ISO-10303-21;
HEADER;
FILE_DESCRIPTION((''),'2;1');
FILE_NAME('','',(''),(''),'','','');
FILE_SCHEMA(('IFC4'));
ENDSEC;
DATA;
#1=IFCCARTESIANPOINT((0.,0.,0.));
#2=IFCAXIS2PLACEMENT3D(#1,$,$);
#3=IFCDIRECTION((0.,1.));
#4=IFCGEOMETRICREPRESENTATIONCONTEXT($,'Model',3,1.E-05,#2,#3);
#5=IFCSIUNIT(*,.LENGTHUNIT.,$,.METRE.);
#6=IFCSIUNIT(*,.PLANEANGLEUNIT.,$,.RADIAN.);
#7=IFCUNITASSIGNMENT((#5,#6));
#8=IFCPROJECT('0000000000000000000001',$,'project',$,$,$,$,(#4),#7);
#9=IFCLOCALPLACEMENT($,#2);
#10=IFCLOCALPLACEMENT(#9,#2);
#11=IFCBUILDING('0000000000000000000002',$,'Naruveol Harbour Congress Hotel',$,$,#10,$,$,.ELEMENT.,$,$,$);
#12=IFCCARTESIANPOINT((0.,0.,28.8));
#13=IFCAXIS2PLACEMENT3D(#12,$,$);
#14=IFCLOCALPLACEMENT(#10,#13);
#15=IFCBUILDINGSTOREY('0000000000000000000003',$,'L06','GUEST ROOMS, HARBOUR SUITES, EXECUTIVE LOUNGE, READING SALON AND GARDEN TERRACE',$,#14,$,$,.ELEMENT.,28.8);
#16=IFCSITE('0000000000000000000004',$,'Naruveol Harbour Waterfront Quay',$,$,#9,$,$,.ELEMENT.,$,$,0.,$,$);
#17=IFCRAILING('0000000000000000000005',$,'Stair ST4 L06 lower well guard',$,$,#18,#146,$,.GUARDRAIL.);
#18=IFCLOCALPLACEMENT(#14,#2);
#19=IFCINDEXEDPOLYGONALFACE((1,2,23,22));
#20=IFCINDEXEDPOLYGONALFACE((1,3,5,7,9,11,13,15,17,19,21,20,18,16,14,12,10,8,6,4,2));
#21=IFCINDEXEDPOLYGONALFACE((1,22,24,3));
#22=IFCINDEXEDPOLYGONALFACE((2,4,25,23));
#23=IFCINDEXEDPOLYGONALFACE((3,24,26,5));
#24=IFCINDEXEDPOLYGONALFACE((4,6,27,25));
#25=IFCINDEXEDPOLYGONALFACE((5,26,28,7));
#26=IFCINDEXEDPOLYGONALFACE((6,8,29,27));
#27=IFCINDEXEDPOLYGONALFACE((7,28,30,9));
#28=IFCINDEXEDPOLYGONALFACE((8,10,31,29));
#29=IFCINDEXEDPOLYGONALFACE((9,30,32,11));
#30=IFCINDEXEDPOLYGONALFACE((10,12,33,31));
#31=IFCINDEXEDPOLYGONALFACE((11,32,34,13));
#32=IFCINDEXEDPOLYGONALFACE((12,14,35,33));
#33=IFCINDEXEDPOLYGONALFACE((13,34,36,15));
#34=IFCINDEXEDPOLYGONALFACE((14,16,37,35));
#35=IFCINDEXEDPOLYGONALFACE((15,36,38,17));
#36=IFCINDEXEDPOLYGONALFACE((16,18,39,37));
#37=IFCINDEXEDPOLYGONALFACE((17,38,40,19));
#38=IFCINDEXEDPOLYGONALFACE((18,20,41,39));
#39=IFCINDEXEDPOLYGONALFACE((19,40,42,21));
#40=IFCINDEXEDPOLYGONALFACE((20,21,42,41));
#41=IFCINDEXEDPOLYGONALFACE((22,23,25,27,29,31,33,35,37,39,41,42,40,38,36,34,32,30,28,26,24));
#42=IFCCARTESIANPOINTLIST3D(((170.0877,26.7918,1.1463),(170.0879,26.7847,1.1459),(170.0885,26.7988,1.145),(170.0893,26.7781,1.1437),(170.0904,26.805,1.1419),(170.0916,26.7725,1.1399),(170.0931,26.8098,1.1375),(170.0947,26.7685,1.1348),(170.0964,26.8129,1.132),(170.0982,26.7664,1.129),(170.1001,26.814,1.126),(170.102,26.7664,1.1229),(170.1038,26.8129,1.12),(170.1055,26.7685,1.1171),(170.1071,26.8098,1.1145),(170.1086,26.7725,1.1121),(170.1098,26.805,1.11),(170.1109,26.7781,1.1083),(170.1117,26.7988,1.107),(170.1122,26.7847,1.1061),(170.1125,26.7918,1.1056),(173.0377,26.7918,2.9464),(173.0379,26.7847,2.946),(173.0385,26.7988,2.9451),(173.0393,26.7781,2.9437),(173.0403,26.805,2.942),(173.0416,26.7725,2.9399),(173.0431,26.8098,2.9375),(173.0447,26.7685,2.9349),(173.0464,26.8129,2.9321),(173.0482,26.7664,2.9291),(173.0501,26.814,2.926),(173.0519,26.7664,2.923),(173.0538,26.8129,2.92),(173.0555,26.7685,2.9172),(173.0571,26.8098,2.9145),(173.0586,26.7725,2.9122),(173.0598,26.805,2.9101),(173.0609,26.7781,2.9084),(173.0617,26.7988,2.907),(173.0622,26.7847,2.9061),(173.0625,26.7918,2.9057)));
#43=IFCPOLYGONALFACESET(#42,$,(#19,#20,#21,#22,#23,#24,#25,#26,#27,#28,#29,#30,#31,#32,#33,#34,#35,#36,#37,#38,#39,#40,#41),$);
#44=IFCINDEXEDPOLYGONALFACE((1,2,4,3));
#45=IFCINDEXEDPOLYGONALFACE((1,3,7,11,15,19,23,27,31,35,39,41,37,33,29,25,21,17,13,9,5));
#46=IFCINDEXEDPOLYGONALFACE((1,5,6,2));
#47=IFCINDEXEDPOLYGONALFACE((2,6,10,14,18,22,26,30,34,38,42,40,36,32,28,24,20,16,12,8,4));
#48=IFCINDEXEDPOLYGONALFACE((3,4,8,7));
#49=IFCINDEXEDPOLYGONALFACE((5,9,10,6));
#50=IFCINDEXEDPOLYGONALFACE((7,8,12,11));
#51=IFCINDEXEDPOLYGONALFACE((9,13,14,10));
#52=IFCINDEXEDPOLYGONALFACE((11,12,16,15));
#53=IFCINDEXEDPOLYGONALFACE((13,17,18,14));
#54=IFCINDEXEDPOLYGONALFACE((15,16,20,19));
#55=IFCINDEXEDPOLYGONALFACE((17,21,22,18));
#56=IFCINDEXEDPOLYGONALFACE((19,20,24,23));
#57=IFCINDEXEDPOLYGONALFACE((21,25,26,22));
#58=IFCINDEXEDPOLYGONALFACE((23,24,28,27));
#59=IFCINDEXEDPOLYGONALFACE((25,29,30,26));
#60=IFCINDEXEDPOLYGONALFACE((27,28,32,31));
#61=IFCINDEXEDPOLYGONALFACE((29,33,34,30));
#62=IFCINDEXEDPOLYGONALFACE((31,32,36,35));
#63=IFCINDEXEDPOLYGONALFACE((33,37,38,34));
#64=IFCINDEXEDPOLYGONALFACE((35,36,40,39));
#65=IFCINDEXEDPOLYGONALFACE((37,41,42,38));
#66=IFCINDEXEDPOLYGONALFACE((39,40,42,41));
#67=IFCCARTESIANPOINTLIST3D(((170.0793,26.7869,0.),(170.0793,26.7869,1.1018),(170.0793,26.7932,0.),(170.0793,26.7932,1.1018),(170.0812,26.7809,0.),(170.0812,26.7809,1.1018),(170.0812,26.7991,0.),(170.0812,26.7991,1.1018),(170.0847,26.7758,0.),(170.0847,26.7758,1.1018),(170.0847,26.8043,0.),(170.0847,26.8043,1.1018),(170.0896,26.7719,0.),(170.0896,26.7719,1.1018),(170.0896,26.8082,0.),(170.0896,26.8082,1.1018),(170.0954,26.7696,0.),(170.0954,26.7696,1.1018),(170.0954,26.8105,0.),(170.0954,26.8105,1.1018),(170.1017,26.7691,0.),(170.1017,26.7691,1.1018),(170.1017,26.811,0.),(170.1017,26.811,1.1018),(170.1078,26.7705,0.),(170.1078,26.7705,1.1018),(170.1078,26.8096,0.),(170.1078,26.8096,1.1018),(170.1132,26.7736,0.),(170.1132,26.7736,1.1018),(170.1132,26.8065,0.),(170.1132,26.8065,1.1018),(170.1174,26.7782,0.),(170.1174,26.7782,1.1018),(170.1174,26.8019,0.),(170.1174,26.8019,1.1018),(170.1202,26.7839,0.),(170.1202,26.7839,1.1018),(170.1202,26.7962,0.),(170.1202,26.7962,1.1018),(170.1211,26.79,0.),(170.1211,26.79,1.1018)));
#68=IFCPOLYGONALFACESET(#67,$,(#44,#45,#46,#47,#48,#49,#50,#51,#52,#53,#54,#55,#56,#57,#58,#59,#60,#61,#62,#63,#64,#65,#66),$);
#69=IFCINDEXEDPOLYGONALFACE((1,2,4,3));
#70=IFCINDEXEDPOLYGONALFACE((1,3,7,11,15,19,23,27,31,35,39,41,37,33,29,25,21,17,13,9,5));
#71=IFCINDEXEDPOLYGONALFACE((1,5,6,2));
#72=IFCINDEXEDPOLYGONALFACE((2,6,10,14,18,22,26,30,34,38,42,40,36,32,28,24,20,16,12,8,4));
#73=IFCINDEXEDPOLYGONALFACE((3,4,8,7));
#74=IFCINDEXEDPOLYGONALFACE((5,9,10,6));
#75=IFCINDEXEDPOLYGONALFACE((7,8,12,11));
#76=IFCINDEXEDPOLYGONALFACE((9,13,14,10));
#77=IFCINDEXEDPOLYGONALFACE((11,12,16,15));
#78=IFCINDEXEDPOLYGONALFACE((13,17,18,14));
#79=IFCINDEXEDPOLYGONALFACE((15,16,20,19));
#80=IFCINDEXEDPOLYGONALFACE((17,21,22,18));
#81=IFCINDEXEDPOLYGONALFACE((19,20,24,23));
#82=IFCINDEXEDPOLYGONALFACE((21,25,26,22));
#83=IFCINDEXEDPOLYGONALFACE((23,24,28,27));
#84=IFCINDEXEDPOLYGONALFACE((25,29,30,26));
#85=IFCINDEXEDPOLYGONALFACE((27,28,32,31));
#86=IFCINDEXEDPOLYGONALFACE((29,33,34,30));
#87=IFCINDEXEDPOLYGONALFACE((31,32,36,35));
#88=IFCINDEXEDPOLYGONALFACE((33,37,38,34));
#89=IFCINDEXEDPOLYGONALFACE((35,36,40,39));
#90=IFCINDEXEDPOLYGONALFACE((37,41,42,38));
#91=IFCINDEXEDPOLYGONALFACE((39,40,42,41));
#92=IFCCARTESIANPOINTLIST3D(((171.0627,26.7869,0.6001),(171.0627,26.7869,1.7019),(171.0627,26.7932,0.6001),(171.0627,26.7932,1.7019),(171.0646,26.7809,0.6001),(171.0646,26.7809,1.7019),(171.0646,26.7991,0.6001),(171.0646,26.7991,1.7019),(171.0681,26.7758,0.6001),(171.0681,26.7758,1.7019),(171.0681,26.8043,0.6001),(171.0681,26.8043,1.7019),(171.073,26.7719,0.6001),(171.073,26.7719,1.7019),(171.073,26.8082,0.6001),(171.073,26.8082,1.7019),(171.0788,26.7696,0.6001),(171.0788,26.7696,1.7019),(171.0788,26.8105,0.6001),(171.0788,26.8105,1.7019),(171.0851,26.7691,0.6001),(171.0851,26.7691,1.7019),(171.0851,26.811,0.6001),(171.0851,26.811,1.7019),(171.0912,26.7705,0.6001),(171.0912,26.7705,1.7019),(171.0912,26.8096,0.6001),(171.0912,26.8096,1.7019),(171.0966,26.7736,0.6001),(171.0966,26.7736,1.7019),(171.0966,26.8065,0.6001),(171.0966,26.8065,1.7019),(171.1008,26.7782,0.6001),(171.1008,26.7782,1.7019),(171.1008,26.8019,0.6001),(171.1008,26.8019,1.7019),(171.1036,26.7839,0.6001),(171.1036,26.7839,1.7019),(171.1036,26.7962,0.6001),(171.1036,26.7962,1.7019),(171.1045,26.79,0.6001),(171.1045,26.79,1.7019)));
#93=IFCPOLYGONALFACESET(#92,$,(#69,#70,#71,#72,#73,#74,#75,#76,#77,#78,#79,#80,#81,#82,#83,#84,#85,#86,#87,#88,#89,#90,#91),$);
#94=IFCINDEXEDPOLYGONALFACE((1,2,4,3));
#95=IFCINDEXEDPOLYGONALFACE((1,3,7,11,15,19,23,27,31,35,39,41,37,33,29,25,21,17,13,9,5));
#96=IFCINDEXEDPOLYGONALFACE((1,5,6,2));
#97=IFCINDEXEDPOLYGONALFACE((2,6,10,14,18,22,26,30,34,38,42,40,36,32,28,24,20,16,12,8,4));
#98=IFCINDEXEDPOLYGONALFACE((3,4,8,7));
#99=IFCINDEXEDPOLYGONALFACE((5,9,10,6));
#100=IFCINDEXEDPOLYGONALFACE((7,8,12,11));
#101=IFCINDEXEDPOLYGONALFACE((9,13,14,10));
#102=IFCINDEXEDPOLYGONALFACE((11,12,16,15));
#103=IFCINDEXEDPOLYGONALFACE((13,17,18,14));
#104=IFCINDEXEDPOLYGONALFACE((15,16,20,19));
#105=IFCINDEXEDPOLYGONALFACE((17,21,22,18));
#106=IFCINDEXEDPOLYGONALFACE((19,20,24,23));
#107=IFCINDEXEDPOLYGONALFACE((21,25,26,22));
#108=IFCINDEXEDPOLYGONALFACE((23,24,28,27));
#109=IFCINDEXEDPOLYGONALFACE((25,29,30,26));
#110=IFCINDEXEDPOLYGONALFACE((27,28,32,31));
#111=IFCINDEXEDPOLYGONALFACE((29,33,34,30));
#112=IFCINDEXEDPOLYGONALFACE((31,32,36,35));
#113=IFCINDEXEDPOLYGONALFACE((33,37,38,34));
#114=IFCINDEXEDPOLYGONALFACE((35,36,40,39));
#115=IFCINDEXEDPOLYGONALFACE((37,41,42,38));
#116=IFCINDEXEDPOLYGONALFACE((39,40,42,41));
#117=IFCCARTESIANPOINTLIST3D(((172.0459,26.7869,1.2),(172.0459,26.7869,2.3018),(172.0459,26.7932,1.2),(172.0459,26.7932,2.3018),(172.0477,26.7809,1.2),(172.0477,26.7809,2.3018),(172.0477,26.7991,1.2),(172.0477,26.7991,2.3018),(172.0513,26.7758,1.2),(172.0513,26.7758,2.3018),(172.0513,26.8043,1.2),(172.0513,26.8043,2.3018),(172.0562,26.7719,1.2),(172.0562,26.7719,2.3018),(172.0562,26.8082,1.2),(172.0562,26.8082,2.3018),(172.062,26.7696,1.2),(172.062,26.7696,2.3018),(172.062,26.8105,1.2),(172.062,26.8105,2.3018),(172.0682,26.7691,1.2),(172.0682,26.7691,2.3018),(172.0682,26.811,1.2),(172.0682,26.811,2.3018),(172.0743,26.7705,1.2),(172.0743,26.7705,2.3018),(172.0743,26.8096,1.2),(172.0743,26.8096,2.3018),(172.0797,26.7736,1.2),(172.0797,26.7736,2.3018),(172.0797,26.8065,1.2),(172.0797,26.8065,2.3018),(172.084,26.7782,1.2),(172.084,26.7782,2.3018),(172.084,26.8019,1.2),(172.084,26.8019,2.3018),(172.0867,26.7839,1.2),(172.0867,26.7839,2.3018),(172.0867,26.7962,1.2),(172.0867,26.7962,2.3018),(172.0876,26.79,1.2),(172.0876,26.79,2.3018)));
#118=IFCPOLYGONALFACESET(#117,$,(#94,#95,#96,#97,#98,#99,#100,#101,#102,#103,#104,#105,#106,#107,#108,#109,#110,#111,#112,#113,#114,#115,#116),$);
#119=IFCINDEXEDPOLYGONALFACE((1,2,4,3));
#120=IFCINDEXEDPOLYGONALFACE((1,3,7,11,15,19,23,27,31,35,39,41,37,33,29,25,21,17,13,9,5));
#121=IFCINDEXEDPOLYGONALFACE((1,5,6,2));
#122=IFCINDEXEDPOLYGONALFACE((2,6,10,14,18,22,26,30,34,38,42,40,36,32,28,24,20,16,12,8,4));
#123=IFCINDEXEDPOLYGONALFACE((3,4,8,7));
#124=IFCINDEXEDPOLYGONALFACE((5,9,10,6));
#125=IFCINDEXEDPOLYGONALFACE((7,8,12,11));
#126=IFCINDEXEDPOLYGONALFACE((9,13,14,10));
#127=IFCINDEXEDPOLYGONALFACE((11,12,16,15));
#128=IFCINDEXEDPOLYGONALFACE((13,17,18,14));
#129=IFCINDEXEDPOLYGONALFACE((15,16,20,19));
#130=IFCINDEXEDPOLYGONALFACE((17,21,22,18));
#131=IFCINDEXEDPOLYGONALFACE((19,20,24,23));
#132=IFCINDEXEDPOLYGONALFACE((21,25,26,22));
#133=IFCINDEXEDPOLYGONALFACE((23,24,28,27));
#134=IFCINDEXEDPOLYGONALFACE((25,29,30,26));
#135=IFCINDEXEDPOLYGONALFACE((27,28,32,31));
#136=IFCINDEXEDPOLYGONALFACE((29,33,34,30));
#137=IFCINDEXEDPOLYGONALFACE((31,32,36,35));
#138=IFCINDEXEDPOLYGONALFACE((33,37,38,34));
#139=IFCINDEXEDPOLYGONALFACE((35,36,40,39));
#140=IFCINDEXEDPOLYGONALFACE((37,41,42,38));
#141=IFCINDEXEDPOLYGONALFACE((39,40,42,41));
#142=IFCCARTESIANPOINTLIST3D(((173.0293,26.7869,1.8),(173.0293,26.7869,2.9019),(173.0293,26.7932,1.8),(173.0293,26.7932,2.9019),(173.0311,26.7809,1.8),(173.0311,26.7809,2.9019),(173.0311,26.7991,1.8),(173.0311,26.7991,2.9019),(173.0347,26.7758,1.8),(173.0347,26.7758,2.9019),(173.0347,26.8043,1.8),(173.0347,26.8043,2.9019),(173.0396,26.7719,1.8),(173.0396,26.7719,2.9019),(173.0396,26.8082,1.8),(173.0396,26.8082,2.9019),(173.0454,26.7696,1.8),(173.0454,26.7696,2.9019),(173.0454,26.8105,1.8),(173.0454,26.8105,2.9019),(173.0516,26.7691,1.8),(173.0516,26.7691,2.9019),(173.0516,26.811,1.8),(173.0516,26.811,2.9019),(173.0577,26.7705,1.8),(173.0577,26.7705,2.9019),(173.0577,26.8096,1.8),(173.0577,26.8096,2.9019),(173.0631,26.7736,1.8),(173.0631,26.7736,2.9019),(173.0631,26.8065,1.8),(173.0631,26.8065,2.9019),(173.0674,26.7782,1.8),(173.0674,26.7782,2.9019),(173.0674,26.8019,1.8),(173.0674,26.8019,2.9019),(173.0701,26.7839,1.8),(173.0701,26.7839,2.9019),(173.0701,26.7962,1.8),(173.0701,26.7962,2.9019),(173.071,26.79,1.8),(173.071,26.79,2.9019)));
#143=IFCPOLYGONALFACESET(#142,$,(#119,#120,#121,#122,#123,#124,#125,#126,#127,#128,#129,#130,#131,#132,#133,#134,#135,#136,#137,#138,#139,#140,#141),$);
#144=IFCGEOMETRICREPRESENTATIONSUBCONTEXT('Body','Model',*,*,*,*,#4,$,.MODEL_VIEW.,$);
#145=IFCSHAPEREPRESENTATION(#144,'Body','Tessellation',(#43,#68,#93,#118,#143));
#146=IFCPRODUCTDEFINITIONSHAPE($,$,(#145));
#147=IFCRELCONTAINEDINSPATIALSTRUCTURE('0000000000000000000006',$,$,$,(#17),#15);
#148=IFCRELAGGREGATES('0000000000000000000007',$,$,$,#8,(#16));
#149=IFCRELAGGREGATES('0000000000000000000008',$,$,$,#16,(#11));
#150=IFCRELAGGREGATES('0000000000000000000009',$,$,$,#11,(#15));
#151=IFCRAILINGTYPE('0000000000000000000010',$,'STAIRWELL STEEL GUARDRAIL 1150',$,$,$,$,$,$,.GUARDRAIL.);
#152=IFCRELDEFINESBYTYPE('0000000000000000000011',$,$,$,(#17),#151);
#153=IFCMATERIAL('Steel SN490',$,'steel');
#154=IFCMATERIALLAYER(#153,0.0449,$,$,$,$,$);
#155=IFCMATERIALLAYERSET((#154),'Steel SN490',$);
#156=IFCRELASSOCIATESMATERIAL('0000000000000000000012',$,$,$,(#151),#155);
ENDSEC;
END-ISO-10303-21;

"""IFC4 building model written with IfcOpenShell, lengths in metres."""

from ifc_helpers import new_model, si_unit, direction, frame, origin, origin_2d, place, context, subcontext, project, spatial, circle, extrude, material, layer, layer_set, type_object, element, save


model = new_model("IFC4")

# Units and contexts
model_context = context("Model", 3, precision=1e-05, world=origin(), true_north=direction((0.0, 1.0)))
body_context = subcontext(model_context, "Body", "Model", "MODEL_VIEW")
ifc_project = project(units=[si_unit("LENGTHUNIT", "METRE"), si_unit("PLANEANGLEUNIT", "RADIAN")], contexts=[model_context])

# Site, building, storey
site_placement = place(None, origin())
site = spatial("IfcSite", under=ifc_project, at=site_placement, Name="Naruveol Harbour Waterfront Quay", CompositionType="ELEMENT", RefElevation=0.0)
building_placement = place(site_placement, origin())
building = spatial("IfcBuilding", under=site, at=building_placement, Name="Naruveol Harbour Congress Hotel", CompositionType="ELEMENT")
storey_placement = place(building_placement, frame((0.0, 0.0, 28.8)))
storey = spatial("IfcBuildingStorey", under=building, at=storey_placement, Name="L06", Description="GUEST ROOMS, HARBOUR SUITES, EXECUTIVE LOUNGE, READING SALON AND GARDEN TERRACE", CompositionType="ELEMENT", Elevation=28.8)

# Railing
ifc_material_1 = material(Name="Steel SN490", Category="steel")
ifc_layer_1 = layer(ifc_material_1, 0.0449)
ifc_layer_set_1 = layer_set([ifc_layer_1], Name="Steel SN490")
railing_type_1 = type_object("IfcRailingType", Name="STAIRWELL STEEL GUARDRAIL 1150", PredefinedType="GUARDRAIL", material=ifc_layer_set_1)
railing_1_placement = place(storey_placement, frame((170.1001, 26.79, 0.0)))
element("IfcRailing", 1, at=railing_1_placement, inside=storey, type_object=railing_type_1, Name="Stair ST4 L06 lower well guard", PredefinedType="GUARDRAIL", context=body_context, shape_type="SweptSolid", body=[
    extrude(circle(Radius=0.0239, at=origin_2d()), frame((0.0, 0.0, 1.126), z_axis=(0.853629, 0.0, 0.520881), x_axis=(0.0, 1.0, 0.0)), (0.0, 0.0, 1.0), 3.4558),
    extrude(circle(Radius=0.021, at=origin_2d()), origin(), (0.0, 0.0, 1.0), 1.1018),
    extrude(circle(Radius=0.021, at=origin_2d()), frame((0.9834, 0.0, 0.6001)), (0.0, 0.0, 1.0), 1.1018),
    extrude(circle(Radius=0.021, at=origin_2d()), frame((1.9666, 0.0, 1.2)), (0.0, 0.0, 1.0), 1.1018),
    extrude(circle(Radius=0.021, at=origin_2d()), frame((2.95, 0.0, 1.8)), (0.0, 0.0, 1.0), 1.1018),
])

save(model, "model.ifc")
